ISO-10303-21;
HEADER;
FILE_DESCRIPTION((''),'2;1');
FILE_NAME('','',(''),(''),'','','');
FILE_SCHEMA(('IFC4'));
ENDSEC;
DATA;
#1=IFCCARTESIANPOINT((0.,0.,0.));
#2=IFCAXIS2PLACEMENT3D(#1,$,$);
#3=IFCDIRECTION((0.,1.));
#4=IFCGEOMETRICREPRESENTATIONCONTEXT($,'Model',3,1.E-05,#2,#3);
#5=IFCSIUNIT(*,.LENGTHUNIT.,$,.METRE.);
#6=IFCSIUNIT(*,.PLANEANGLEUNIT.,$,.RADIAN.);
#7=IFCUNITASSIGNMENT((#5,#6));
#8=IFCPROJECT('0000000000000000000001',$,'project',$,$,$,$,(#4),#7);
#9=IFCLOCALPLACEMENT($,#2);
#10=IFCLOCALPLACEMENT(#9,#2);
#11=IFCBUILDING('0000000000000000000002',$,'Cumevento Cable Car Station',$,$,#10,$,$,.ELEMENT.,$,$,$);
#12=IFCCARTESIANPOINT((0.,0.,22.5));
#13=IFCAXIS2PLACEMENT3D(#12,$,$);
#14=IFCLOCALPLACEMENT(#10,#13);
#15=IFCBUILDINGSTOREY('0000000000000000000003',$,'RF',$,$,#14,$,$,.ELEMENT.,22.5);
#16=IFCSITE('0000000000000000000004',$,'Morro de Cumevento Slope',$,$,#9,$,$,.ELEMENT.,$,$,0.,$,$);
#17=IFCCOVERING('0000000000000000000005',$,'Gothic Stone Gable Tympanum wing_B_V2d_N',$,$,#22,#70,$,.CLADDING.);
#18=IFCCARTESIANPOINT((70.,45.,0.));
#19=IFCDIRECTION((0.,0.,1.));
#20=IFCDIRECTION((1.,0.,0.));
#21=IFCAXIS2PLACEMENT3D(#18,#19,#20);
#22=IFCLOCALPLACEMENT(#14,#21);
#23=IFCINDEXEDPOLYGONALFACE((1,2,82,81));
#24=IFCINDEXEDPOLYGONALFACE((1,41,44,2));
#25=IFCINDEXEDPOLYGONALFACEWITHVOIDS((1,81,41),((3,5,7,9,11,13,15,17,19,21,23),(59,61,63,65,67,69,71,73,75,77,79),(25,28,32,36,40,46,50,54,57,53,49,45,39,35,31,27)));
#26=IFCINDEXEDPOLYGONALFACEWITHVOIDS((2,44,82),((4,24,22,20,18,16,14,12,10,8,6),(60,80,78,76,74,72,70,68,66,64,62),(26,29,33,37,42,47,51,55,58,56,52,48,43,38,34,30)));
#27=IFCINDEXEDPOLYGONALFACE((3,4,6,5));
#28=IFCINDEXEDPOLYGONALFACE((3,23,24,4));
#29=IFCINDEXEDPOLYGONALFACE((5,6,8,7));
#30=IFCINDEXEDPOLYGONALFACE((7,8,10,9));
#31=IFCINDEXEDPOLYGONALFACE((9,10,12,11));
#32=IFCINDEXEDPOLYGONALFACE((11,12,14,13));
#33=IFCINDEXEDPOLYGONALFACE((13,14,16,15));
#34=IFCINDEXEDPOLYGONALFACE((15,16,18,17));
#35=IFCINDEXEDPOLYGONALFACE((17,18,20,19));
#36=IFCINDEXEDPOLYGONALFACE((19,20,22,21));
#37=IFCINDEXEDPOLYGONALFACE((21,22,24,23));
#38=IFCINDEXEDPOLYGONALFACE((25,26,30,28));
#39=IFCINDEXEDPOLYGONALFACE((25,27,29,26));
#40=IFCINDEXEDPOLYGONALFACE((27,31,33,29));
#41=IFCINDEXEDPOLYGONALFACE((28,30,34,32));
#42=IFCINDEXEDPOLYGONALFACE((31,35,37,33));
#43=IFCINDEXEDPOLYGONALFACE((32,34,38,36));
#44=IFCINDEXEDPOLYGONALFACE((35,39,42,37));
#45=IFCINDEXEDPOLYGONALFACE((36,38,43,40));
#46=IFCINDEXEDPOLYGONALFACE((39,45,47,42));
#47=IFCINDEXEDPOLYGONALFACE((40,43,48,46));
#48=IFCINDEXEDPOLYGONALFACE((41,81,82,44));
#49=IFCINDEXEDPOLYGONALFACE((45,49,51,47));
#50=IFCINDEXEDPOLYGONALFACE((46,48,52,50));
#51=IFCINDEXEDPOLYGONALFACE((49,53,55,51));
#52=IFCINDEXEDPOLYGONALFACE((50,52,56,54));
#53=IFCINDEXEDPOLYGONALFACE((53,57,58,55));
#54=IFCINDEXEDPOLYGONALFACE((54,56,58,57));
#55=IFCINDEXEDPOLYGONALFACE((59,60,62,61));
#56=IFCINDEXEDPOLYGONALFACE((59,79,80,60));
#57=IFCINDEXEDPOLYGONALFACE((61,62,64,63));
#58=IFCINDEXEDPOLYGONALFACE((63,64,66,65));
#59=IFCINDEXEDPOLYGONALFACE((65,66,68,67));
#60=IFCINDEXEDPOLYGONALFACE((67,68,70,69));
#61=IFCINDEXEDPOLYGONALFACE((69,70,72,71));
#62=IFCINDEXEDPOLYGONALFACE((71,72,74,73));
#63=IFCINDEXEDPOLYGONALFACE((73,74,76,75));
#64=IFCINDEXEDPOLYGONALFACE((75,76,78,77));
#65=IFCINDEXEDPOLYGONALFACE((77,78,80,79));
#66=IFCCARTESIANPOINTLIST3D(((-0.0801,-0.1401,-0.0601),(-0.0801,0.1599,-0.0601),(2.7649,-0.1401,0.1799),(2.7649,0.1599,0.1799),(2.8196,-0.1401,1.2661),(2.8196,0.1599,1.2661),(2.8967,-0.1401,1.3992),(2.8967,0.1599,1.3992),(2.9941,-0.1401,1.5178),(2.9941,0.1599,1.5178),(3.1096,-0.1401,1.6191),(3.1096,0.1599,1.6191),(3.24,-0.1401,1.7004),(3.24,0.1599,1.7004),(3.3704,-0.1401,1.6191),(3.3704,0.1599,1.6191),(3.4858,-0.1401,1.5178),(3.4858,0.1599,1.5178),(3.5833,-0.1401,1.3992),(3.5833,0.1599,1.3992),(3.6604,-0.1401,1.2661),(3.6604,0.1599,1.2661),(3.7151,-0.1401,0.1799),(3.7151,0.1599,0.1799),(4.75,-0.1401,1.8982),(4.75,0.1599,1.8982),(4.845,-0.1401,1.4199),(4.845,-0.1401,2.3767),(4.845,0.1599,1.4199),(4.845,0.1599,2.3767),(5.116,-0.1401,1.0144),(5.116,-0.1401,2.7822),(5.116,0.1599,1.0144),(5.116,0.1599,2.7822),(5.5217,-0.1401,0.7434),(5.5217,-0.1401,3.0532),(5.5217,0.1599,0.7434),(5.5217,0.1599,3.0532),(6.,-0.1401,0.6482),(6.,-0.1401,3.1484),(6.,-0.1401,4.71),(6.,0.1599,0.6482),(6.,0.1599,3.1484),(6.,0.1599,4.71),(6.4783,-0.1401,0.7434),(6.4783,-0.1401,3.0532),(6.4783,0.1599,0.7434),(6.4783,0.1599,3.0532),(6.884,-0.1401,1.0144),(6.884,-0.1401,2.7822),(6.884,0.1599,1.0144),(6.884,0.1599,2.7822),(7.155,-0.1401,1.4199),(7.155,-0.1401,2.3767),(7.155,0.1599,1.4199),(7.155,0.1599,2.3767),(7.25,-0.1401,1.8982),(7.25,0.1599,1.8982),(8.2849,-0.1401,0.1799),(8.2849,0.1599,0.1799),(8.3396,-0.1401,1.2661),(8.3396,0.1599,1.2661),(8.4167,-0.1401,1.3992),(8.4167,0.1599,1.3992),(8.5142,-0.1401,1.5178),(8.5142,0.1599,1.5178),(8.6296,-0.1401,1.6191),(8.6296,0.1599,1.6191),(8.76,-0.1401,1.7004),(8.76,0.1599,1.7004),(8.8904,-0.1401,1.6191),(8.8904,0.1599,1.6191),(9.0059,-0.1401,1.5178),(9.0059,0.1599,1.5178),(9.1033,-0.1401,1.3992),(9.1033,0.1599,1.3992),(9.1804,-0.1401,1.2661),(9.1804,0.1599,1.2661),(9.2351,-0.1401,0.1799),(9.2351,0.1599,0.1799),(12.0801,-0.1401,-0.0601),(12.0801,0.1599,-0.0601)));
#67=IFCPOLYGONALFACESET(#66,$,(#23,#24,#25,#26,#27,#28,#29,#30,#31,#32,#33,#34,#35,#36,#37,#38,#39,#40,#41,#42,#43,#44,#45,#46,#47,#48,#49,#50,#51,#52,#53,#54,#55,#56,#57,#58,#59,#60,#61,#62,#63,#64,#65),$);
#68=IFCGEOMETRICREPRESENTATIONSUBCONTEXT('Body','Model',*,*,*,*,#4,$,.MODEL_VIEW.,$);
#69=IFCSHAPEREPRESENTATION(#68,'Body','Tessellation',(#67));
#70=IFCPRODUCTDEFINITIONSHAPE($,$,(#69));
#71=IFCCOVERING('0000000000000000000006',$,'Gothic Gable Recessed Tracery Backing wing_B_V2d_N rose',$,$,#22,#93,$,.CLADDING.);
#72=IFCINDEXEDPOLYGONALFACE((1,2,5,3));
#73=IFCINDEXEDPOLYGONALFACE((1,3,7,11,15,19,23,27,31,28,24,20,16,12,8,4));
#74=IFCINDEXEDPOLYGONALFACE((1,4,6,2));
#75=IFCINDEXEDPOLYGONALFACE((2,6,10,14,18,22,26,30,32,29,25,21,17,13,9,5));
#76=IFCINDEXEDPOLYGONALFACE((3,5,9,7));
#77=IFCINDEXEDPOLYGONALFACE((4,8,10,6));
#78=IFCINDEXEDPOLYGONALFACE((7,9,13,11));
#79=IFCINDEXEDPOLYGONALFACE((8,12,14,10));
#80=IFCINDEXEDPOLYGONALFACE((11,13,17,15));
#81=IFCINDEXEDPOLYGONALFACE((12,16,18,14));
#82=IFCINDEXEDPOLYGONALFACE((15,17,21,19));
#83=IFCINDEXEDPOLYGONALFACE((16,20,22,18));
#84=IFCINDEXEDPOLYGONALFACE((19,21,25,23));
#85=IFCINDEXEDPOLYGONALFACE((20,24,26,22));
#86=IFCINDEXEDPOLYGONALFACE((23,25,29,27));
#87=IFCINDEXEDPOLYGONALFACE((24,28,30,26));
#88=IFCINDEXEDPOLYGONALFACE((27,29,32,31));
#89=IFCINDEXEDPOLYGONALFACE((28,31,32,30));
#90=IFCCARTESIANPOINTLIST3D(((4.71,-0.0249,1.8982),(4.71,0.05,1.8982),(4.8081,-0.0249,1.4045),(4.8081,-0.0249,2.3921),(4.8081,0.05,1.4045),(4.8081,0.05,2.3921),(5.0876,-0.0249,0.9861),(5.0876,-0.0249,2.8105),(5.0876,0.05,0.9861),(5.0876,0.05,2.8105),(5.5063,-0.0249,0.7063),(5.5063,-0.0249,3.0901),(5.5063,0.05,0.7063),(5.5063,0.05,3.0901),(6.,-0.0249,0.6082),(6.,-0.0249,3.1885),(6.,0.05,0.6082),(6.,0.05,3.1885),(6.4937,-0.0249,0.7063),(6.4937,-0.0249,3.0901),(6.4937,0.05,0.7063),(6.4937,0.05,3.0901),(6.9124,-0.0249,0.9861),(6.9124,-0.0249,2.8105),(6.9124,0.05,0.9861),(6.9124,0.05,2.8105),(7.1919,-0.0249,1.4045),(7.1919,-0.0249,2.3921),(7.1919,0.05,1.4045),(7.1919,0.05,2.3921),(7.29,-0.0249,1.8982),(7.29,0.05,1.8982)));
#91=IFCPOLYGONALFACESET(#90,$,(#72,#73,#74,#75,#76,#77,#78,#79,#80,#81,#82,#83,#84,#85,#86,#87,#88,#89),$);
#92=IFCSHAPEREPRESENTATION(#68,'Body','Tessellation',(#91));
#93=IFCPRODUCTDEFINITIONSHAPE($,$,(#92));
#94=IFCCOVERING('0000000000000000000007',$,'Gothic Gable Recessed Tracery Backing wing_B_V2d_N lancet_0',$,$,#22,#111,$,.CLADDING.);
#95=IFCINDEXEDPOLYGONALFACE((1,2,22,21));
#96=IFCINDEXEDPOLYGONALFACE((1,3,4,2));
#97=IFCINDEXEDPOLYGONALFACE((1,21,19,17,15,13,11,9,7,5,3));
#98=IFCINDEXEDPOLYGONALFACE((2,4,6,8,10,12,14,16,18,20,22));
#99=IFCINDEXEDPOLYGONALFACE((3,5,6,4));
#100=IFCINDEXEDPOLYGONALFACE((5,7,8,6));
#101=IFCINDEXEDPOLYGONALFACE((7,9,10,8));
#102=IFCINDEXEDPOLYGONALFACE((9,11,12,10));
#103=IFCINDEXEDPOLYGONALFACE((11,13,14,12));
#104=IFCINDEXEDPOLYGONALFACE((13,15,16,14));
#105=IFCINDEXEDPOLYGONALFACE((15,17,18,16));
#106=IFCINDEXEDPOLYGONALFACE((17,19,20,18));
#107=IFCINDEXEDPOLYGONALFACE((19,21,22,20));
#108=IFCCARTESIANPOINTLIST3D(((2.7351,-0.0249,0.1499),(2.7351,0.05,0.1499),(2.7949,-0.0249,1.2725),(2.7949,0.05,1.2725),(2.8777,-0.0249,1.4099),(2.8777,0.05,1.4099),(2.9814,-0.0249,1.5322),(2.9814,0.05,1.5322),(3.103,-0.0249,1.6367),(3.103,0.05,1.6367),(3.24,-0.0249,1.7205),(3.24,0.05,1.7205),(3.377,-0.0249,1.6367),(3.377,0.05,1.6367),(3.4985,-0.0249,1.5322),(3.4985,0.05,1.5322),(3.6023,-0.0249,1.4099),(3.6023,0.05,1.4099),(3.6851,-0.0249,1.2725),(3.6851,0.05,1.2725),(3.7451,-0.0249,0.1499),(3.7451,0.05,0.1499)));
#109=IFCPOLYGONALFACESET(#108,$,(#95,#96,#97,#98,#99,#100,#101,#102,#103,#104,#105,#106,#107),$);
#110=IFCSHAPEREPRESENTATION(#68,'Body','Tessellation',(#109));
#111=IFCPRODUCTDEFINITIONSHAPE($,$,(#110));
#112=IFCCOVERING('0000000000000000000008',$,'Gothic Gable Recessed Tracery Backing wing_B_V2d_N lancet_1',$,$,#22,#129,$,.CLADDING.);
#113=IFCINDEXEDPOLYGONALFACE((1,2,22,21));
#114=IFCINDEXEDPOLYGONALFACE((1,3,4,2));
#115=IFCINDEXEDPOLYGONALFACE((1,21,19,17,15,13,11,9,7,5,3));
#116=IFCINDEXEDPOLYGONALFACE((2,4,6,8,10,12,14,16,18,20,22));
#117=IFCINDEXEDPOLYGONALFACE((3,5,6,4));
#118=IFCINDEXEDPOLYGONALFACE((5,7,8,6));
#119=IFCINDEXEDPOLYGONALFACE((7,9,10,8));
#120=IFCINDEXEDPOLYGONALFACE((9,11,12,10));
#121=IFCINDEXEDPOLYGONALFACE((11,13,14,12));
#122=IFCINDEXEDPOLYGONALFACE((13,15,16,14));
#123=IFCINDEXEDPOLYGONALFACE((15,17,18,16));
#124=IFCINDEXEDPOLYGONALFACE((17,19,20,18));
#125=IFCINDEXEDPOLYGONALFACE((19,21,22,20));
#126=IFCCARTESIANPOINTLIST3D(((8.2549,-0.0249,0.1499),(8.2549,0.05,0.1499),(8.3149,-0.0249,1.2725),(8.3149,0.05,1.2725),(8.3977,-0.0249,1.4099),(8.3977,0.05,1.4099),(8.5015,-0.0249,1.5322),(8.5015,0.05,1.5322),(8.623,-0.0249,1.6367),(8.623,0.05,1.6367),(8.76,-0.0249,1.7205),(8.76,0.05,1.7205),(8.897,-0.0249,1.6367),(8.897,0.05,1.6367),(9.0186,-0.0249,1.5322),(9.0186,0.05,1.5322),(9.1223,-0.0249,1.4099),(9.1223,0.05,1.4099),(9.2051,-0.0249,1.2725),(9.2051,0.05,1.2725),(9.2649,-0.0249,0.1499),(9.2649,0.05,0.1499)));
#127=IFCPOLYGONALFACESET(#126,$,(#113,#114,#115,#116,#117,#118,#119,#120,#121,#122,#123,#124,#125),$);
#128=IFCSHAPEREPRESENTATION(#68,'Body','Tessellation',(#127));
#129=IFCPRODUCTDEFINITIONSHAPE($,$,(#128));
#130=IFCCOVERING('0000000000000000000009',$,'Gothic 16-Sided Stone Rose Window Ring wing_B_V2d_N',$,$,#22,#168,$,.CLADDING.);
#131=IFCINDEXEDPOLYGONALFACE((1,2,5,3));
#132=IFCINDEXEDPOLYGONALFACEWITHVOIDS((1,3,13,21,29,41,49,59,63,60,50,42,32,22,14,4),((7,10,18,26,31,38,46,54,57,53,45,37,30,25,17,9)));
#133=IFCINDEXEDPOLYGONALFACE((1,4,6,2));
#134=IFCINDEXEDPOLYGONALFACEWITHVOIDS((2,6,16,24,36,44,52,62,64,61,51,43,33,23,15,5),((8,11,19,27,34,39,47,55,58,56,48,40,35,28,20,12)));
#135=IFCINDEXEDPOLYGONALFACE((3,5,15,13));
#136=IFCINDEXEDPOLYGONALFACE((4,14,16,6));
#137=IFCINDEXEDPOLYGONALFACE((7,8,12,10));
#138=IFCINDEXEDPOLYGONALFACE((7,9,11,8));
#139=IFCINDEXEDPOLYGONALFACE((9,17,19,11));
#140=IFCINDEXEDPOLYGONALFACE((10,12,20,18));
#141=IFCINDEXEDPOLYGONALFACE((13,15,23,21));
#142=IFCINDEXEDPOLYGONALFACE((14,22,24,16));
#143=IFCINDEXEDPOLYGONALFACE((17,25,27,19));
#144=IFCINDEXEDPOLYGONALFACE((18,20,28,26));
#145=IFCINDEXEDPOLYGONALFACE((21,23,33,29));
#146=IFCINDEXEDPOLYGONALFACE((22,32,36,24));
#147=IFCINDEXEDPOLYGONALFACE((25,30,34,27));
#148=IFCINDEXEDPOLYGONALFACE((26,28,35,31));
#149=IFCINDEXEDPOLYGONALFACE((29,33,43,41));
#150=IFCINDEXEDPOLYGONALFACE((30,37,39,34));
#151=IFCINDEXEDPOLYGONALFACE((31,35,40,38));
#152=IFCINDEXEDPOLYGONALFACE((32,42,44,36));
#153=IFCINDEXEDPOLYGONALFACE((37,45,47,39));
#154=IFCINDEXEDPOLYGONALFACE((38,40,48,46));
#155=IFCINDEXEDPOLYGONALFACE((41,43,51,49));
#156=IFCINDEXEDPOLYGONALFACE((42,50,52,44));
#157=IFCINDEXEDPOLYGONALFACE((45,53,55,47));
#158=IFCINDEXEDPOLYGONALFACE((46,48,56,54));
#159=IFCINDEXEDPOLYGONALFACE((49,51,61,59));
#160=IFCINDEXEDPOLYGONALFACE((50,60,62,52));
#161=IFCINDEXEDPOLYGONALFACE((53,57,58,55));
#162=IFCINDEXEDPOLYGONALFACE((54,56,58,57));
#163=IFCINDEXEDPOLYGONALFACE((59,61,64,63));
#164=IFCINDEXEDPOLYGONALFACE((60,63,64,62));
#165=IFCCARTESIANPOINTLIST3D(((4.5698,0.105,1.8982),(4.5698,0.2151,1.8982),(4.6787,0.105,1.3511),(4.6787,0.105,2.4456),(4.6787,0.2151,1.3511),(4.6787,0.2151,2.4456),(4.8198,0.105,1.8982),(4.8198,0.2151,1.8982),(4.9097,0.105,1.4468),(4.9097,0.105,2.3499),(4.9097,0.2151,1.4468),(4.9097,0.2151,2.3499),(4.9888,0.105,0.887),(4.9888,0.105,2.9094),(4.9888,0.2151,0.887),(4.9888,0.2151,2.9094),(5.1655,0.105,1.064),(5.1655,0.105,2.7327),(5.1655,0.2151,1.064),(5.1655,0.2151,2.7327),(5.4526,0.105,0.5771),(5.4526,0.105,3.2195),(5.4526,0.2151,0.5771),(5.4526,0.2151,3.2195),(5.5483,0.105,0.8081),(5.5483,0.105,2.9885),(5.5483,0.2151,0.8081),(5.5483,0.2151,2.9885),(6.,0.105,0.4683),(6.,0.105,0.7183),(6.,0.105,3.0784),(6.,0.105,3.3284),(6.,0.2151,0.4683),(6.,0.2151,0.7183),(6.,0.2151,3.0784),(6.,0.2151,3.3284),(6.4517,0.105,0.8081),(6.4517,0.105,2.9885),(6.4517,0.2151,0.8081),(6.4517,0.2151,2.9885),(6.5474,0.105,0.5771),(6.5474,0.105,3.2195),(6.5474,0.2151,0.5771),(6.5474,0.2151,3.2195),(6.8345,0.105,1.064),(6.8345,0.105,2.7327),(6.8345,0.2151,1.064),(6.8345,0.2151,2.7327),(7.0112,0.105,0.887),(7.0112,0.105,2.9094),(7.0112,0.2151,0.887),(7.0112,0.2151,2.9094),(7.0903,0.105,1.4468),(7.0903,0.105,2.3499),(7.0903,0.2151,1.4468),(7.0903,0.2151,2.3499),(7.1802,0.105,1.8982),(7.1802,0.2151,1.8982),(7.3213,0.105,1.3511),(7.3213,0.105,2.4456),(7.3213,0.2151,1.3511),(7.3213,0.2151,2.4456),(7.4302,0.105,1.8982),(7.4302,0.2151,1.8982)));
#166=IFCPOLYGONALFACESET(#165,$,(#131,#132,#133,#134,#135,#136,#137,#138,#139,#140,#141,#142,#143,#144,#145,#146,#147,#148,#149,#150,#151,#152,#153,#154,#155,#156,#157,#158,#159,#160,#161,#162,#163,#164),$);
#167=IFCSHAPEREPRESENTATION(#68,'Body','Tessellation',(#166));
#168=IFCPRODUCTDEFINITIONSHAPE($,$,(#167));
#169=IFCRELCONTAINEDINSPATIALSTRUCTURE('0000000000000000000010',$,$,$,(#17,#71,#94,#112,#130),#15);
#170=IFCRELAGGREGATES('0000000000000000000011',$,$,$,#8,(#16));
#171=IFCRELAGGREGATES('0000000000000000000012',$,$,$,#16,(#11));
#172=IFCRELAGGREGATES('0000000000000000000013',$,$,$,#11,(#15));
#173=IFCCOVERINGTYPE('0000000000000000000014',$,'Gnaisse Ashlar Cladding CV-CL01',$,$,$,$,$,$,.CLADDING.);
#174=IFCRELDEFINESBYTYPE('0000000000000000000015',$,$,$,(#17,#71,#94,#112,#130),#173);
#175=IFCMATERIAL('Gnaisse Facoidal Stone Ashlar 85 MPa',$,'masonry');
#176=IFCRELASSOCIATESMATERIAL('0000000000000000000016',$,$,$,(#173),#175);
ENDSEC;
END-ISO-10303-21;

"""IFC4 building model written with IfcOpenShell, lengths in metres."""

from ifc_helpers import new_model, si_unit, direction, frame, origin, place, context, subcontext, project, spatial, polyline, outline, extrude, material, type_object, element, save


model = new_model("IFC4")

# Units and contexts
model_context = context("Model", 3, precision=1e-05, world=origin(), true_north=direction((0.0, 1.0)))
body_context = subcontext(model_context, "Body", "Model", "MODEL_VIEW")
ifc_project = project(units=[si_unit("LENGTHUNIT", "METRE"), si_unit("PLANEANGLEUNIT", "RADIAN")], contexts=[model_context])

# Site, building, storey
site_placement = place(None, origin())
site = spatial("IfcSite", under=ifc_project, at=site_placement, Name="Morro de Cumevento Slope", CompositionType="ELEMENT", RefElevation=0.0)
building_placement = place(site_placement, origin())
building = spatial("IfcBuilding", under=site, at=building_placement, Name="Cumevento Cable Car Station", CompositionType="ELEMENT")
storey_placement = place(building_placement, frame((0.0, 0.0, 22.5)))
storey = spatial("IfcBuildingStorey", under=building, at=storey_placement, Name="RF", CompositionType="ELEMENT", Elevation=22.5)

# Coverings
ifc_material_1 = material(Name="Gnaisse Facoidal Stone Ashlar 85 MPa", Category="masonry")
covering_type = type_object("IfcCoveringType", Name="Gnaisse Ashlar Cladding CV-CL01", PredefinedType="CLADDING", material=ifc_material_1)
placement = place(storey_placement, frame((70.0, 45.0, 0.0), z_axis=(0.0, 0.0, 1.0), x_axis=(1.0, 0.0, 0.0)))
element("IfcCovering", 1, at=placement, inside=storey, type_object=covering_type, Name="Gothic Stone Gable Tympanum wing_B_V2d_N", PredefinedType="CLADDING", context=body_context, shape_type="SweptSolid", body=[
    extrude(outline(polyline([(-0.0801, -0.0601), (12.0801, -0.0601), (6.0, 4.71), (-0.0801, -0.0601)]), holes=[polyline([(7.25, 1.8982), (7.155, 2.3767), (6.884, 2.7822), (6.4783, 3.0532), (6.0, 3.1484), (5.5217, 3.0532), (5.116, 2.7822), (4.845, 2.3767), (4.75, 1.8982), (4.845, 1.4199), (5.116, 1.0144), (5.5217, 0.7434), (6.0, 0.6482), (6.4783, 0.7434), (6.884, 1.0144), (7.155, 1.4199), (7.25, 1.8982)]), polyline([(2.7649, 0.1799), (3.7151, 0.1799), (3.6604, 1.2661), (3.5833, 1.3992), (3.4858, 1.5178), (3.3704, 1.6191), (3.24, 1.7004), (3.1096, 1.6191), (2.9941, 1.5178), (2.8967, 1.3992), (2.8196, 1.2661), (2.7649, 0.1799)]), polyline([(8.2849, 0.1799), (9.2351, 0.1799), (9.1804, 1.2661), (9.1033, 1.3992), (9.0059, 1.5178), (8.8904, 1.6191), (8.76, 1.7004), (8.6296, 1.6191), (8.5142, 1.5178), (8.4167, 1.3992), (8.3396, 1.2661), (8.2849, 0.1799)])]), frame((0.0, 0.1599, 0.0), z_axis=(0.0, -1.0, 0.0), x_axis=(1.0, 0.0, 0.0)), (0.0, 0.0, 1.0), 0.3),
])
element("IfcCovering", 2, at=placement, inside=storey, type_object=covering_type, Name="Gothic Gable Recessed Tracery Backing wing_B_V2d_N rose", PredefinedType="CLADDING", context=body_context, shape_type="SweptSolid", body=[
    extrude(outline(polyline([(7.29, 1.8982), (7.1919, 2.3921), (6.9124, 2.8105), (6.4937, 3.0901), (6.0, 3.1885), (5.5063, 3.0901), (5.0876, 2.8105), (4.8081, 2.3921), (4.71, 1.8982), (4.8081, 1.4045), (5.0876, 0.9861), (5.5063, 0.7063), (6.0, 0.6082), (6.4937, 0.7063), (6.9124, 0.9861), (7.1919, 1.4045), (7.29, 1.8982)])), frame((0.0, 0.05, 0.0), z_axis=(0.0, -1.0, 0.0), x_axis=(1.0, 0.0, 0.0)), (0.0, 0.0, 1.0), 0.075),
])
element("IfcCovering", 3, at=placement, inside=storey, type_object=covering_type, Name="Gothic Gable Recessed Tracery Backing wing_B_V2d_N lancet_0", PredefinedType="CLADDING", context=body_context, shape_type="SweptSolid", body=[
    extrude(outline(polyline([(2.7351, 0.1499), (3.7451, 0.1499), (3.6851, 1.2725), (3.6023, 1.4099), (3.4985, 1.5322), (3.377, 1.6367), (3.24, 1.7205), (3.103, 1.6367), (2.9814, 1.5322), (2.8777, 1.4099), (2.7949, 1.2725), (2.7351, 0.1499)])), frame((0.0, 0.05, 0.0), z_axis=(0.0, -1.0, 0.0), x_axis=(1.0, 0.0, 0.0)), (0.0, 0.0, 1.0), 0.075),
])
element("IfcCovering", 4, at=placement, inside=storey, type_object=covering_type, Name="Gothic Gable Recessed Tracery Backing wing_B_V2d_N lancet_1", PredefinedType="CLADDING", context=body_context, shape_type="SweptSolid", body=[
    extrude(outline(polyline([(8.2549, 0.1499), (9.2649, 0.1499), (9.2051, 1.2725), (9.1223, 1.4099), (9.0186, 1.5322), (8.897, 1.6367), (8.76, 1.7205), (8.623, 1.6367), (8.5015, 1.5322), (8.3977, 1.4099), (8.3149, 1.2725), (8.2549, 0.1499)])), frame((0.0, 0.05, 0.0), z_axis=(0.0, -1.0, 0.0), x_axis=(1.0, 0.0, 0.0)), (0.0, 0.0, 1.0), 0.075),
])
element("IfcCovering", 5, at=placement, inside=storey, type_object=covering_type, Name="Gothic 16-Sided Stone Rose Window Ring wing_B_V2d_N", PredefinedType="CLADDING", context=body_context, shape_type="SweptSolid", body=[
    extrude(outline(polyline([(7.4302, 1.8982), (7.3213, 2.4456), (7.0112, 2.9094), (6.5474, 3.2195), (6.0, 3.3284), (5.4526, 3.2195), (4.9888, 2.9094), (4.6787, 2.4456), (4.5698, 1.8982), (4.6787, 1.3511), (4.9888, 0.887), (5.4526, 0.5771), (6.0, 0.4683), (6.5474, 0.5771), (7.0112, 0.887), (7.3213, 1.3511), (7.4302, 1.8982)]), holes=[polyline([(7.1802, 1.8982), (7.0903, 2.3499), (6.8345, 2.7327), (6.4517, 2.9885), (6.0, 3.0784), (5.5483, 2.9885), (5.1655, 2.7327), (4.9097, 2.3499), (4.8198, 1.8982), (4.9097, 1.4468), (5.1655, 1.064), (5.5483, 0.8081), (6.0, 0.7183), (6.4517, 0.8081), (6.8345, 1.064), (7.0903, 1.4468), (7.1802, 1.8982)])]), frame((0.0, 0.2151, 0.0), z_axis=(0.0, -1.0, 0.0), x_axis=(1.0, 0.0, 0.0)), (0.0, 0.0, 1.0), 0.1101),
])

save(model, "model.ifc")
